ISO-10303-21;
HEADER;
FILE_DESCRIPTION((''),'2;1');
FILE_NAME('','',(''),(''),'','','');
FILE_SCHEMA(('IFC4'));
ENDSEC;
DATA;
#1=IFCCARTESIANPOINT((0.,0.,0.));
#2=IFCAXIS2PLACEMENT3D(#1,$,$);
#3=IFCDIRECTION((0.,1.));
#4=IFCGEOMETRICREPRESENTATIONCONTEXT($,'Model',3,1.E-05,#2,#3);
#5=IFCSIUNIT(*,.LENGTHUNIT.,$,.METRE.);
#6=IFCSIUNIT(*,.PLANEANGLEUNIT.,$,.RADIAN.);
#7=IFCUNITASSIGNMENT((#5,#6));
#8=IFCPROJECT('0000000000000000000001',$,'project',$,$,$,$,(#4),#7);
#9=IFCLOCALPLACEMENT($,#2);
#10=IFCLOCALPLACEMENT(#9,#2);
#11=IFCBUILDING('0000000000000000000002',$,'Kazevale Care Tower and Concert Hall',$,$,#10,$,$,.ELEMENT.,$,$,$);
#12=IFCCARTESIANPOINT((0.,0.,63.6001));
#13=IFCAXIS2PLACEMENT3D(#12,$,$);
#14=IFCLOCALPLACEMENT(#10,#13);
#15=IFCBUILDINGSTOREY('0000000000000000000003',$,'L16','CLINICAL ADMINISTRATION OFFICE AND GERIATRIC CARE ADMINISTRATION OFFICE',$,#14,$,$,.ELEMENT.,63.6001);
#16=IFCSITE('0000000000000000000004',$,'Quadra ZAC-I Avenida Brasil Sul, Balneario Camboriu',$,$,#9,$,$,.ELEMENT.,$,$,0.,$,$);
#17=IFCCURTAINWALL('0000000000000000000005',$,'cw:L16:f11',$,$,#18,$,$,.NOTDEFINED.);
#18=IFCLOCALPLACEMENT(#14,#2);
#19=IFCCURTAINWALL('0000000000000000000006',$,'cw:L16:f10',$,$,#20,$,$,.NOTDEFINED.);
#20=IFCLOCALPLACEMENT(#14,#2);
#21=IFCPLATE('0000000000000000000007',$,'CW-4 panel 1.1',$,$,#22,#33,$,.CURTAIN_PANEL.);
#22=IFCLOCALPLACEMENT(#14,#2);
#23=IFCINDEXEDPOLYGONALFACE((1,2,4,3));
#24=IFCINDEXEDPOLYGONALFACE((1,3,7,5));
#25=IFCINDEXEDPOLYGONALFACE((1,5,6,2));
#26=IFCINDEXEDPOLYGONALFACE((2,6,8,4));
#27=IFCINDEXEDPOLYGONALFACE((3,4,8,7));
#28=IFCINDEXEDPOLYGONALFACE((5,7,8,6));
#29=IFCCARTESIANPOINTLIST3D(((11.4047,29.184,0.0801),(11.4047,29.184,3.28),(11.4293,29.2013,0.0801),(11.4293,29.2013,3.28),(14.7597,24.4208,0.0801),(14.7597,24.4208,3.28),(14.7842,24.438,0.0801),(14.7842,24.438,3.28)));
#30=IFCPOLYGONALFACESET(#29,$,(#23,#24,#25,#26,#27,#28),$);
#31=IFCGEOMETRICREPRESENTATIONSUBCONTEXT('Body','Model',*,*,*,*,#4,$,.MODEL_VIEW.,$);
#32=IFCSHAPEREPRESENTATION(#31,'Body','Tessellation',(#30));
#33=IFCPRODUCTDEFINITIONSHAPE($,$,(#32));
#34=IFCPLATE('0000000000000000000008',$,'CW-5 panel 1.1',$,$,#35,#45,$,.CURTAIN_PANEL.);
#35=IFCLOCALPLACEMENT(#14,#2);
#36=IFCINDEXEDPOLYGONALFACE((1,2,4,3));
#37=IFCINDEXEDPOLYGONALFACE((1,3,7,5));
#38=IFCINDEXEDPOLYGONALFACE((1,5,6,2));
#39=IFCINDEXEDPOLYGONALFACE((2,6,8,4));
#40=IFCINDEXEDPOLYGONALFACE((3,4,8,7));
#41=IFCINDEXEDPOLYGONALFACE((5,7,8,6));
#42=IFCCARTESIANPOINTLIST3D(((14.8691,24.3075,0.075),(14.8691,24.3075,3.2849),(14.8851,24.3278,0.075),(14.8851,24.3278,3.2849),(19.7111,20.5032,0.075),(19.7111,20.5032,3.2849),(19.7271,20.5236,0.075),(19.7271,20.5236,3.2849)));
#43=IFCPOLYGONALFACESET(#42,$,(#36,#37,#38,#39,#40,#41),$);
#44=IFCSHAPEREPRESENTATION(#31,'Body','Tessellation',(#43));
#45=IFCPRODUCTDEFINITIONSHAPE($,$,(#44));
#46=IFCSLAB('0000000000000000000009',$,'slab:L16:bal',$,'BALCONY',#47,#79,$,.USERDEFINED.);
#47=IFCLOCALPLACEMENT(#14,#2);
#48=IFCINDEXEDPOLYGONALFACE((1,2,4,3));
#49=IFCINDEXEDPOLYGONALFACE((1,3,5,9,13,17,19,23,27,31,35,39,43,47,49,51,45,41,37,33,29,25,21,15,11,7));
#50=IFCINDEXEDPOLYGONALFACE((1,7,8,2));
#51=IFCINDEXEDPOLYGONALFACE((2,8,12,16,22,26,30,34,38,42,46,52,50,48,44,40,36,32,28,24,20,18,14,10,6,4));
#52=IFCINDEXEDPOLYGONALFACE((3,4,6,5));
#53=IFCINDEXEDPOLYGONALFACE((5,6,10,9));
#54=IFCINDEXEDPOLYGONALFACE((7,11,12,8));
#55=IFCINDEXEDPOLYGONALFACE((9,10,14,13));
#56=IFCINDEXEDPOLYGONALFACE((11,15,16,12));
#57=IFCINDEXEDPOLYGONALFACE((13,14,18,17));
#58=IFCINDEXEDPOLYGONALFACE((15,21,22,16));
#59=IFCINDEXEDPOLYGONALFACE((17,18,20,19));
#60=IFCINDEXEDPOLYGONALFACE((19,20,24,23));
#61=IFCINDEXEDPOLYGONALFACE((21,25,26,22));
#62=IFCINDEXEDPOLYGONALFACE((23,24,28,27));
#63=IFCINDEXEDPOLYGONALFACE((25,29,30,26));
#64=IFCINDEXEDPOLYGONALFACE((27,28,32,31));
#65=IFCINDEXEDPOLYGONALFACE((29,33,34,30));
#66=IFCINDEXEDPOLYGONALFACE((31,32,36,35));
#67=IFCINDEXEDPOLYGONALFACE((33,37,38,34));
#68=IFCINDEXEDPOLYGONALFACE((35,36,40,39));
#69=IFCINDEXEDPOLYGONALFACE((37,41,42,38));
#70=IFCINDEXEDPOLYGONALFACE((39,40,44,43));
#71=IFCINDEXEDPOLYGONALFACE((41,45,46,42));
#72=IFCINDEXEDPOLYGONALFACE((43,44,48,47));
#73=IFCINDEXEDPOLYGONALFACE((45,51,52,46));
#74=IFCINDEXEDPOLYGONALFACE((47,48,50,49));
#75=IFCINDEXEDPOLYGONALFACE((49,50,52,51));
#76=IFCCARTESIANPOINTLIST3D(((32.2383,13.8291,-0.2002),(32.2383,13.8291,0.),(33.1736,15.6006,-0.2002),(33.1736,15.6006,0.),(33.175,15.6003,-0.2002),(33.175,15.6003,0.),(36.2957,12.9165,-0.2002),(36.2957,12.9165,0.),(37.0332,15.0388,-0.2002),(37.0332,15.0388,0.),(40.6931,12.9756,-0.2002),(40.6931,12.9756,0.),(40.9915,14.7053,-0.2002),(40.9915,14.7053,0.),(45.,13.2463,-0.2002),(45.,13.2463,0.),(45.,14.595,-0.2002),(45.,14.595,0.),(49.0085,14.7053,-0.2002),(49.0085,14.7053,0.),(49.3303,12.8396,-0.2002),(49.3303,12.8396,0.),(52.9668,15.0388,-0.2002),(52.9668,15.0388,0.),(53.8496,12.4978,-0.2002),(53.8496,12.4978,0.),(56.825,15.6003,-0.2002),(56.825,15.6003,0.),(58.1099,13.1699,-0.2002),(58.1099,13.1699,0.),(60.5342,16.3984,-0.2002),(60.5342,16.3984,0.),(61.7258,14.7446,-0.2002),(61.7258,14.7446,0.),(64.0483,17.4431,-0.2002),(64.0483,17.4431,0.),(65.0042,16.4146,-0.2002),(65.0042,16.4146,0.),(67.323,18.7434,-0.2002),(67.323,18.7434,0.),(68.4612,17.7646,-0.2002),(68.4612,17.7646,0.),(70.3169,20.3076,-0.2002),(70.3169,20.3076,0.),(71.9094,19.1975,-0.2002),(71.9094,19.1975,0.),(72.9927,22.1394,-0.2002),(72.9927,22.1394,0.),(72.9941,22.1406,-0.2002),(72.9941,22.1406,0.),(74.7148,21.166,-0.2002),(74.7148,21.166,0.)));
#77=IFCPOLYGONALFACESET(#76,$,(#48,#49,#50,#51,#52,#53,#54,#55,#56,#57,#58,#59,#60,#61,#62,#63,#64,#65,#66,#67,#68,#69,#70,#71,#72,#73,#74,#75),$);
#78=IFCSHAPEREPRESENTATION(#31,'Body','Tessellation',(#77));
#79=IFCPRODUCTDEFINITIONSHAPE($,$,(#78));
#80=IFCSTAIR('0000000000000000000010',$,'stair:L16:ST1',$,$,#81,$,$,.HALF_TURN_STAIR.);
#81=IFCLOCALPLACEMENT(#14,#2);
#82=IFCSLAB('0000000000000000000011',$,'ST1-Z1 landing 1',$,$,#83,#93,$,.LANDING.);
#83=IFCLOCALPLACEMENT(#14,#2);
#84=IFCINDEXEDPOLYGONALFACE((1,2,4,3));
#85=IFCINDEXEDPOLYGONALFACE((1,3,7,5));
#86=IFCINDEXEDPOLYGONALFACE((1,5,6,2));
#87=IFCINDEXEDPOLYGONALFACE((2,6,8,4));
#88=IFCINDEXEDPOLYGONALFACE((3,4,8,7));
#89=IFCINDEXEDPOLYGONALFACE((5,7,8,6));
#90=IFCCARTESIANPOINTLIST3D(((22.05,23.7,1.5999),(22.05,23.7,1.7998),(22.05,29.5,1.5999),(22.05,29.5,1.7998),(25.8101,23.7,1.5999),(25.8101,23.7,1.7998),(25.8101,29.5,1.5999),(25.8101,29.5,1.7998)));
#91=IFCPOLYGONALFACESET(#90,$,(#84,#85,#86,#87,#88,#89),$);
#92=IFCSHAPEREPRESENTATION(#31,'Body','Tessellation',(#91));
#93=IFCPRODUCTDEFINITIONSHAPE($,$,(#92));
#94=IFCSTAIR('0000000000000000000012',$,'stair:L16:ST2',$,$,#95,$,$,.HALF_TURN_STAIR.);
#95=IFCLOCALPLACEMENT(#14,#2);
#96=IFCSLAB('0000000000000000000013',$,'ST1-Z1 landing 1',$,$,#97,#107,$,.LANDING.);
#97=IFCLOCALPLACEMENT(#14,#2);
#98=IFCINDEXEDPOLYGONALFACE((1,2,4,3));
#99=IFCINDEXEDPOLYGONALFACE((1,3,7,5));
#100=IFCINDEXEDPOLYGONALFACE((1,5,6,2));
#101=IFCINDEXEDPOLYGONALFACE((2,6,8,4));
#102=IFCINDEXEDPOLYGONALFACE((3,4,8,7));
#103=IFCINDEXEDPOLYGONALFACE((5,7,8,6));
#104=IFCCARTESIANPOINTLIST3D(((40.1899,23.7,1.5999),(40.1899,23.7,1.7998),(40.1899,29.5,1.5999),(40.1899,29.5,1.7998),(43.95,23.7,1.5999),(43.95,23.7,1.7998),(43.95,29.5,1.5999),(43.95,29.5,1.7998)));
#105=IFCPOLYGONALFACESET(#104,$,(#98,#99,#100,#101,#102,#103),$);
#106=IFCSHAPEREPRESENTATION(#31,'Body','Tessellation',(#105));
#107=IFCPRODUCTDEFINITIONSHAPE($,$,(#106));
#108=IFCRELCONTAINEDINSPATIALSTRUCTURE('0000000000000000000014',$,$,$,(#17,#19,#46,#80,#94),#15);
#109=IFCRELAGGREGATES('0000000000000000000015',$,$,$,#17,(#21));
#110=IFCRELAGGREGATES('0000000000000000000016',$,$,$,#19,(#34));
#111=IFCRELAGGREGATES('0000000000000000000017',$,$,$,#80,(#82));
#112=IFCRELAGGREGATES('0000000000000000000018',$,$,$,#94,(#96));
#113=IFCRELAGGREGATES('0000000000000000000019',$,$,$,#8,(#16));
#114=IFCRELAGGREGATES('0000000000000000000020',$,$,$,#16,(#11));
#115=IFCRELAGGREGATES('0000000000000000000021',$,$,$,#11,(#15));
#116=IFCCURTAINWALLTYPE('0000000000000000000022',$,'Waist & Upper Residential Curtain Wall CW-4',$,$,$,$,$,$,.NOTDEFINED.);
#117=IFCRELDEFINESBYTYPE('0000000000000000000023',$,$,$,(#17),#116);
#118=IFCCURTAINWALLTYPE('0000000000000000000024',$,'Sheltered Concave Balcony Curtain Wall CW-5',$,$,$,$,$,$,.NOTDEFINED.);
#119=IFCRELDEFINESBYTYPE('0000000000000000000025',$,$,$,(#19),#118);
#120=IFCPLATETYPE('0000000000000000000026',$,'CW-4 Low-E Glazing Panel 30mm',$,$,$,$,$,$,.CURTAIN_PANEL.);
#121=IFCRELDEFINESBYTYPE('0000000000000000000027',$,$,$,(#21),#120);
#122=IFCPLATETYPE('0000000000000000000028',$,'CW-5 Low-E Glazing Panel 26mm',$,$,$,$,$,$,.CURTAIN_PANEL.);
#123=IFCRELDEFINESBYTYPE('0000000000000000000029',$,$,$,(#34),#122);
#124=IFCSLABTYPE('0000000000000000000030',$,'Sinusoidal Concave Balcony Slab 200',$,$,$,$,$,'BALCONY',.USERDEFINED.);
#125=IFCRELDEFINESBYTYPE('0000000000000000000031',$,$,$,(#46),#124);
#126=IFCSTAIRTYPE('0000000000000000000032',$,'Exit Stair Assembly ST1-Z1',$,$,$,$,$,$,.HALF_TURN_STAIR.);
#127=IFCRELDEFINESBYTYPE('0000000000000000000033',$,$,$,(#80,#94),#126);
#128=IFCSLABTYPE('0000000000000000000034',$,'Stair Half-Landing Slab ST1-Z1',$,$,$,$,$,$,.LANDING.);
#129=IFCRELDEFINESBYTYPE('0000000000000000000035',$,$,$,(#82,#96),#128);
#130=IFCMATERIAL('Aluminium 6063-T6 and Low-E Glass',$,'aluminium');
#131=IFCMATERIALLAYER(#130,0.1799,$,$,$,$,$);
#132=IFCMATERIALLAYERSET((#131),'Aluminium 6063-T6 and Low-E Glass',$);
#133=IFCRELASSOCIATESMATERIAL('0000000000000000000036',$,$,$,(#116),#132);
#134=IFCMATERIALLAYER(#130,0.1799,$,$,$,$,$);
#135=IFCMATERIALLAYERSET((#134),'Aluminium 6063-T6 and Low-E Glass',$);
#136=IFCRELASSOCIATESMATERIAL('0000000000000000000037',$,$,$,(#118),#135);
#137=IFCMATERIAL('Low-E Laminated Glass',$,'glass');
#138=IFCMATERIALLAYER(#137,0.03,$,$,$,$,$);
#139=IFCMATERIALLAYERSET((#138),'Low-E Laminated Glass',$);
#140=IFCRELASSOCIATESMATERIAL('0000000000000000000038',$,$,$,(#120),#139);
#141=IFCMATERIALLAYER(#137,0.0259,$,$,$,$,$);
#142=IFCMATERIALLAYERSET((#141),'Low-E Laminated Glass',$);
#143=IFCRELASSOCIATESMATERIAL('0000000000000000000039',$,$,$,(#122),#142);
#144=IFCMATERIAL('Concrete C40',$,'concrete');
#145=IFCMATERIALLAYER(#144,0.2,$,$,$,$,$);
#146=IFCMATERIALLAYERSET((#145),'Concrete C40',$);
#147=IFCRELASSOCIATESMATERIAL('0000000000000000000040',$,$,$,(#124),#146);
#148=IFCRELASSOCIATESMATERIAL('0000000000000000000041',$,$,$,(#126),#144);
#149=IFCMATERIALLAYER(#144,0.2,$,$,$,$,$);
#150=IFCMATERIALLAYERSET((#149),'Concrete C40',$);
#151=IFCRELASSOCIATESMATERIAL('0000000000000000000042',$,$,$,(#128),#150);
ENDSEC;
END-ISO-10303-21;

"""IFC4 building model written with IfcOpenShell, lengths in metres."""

from ifc_helpers import new_model, si_unit, direction, frame, origin, origin_2d, place, context, subcontext, project, spatial, polyline, rectangle, outline, extrude, material, layer, layer_set, type_object, element, aggregate, save


model = new_model("IFC4")

# Units and contexts
model_context = context("Model", 3, precision=1e-05, world=origin(), true_north=direction((0.0, 1.0)))
body_context = subcontext(model_context, "Body", "Model", "MODEL_VIEW")
ifc_project = project(units=[si_unit("LENGTHUNIT", "METRE"), si_unit("PLANEANGLEUNIT", "RADIAN")], contexts=[model_context])

# Site, building, storey
site_placement = place(None, origin())
site = spatial("IfcSite", under=ifc_project, at=site_placement, Name="Quadra ZAC-I Avenida Brasil Sul, Balneario Camboriu", CompositionType="ELEMENT", RefElevation=0.0)
building_placement = place(site_placement, origin())
building = spatial("IfcBuilding", under=site, at=building_placement, Name="Kazevale Care Tower and Concert Hall", CompositionType="ELEMENT")
storey_placement = place(building_placement, frame((0.0, 0.0, 63.6001)))
storey = spatial("IfcBuildingStorey", under=building, at=storey_placement, Name="L16", Description="CLINICAL ADMINISTRATION OFFICE AND GERIATRIC CARE ADMINISTRATION OFFICE", CompositionType="ELEMENT", Elevation=63.6001)

# Curtain wall
ifc_material_1 = material(Name="Aluminium 6063-T6 and Low-E Glass", Category="aluminium")
ifc_layer_1 = layer(ifc_material_1, 0.1799)
ifc_layer_set_1 = layer_set([ifc_layer_1], Name="Aluminium 6063-T6 and Low-E Glass")
curtain_wall_type_1 = type_object("IfcCurtainWallType", Name="Waist & Upper Residential Curtain Wall CW-4", PredefinedType="NOTDEFINED", material=ifc_layer_set_1)
curtain_wall_1_placement = place(storey_placement, origin())
curtain_wall_1 = element("IfcCurtainWall", 1, at=curtain_wall_1_placement, inside=storey, type_object=curtain_wall_type_1, Name="cw:L16:f11", PredefinedType="NOTDEFINED")

# Shared definitions
ifc_layer_2 = layer(ifc_material_1, 0.1799)
ifc_layer_set_2 = layer_set([ifc_layer_2], Name="Aluminium 6063-T6 and Low-E Glass")
curtain_wall_type_2 = type_object("IfcCurtainWallType", Name="Sheltered Concave Balcony Curtain Wall CW-5", PredefinedType="NOTDEFINED", material=ifc_layer_set_2)

# Curtain wall
curtain_wall_2_placement = place(storey_placement, origin())
curtain_wall_2 = element("IfcCurtainWall", 2, at=curtain_wall_2_placement, inside=storey, type_object=curtain_wall_type_2, Name="cw:L16:f10", PredefinedType="NOTDEFINED")

# Plates
ifc_material_2 = material(Name="Low-E Laminated Glass", Category="glass")
ifc_layer_3 = layer(ifc_material_2, 0.03)
ifc_layer_set_3 = layer_set([ifc_layer_3], Name="Low-E Laminated Glass")
plate_type_1 = type_object("IfcPlateType", Name="CW-4 Low-E Glazing Panel 30mm", PredefinedType="CURTAIN_PANEL", material=ifc_layer_set_3)
plate_1_placement = place(storey_placement, frame((13.0945, 26.811, 0.0801), z_axis=(0.0, 0.0, 1.0), x_axis=(-0.575837, 0.817565, 0.0)))
plate_1 = element("IfcPlate", 3, at=plate_1_placement, type_object=plate_type_1, Name="CW-4 panel 1.1", PredefinedType="CURTAIN_PANEL", context=body_context, shape_type="SweptSolid", body=[
    extrude(rectangle(XDim=5.8262, YDim=0.03, at=origin_2d()), origin(), (0.0, 0.0, 1.0), 3.2),
])
aggregate(curtain_wall_1, [plate_1])
ifc_layer_4 = layer(ifc_material_2, 0.0259)
ifc_layer_set_4 = layer_set([ifc_layer_4], Name="Low-E Laminated Glass")
plate_type_2 = type_object("IfcPlateType", Name="CW-5 Low-E Glazing Panel 26mm", PredefinedType="CURTAIN_PANEL", material=ifc_layer_set_4)
plate_2_placement = place(storey_placement, frame((17.2981, 22.4155, 0.075), z_axis=(0.0, 0.0, 1.0), x_axis=(-0.786329, 0.617808, 0.0)))
plate_2 = element("IfcPlate", 4, at=plate_2_placement, type_object=plate_type_2, Name="CW-5 panel 1.1", PredefinedType="CURTAIN_PANEL", context=body_context, shape_type="SweptSolid", body=[
    extrude(rectangle(XDim=6.1577, YDim=0.0259, at=origin_2d()), origin(), (0.0, 0.0, 1.0), 3.21),
])
aggregate(curtain_wall_2, [plate_2])

# Slab
ifc_material_3 = material(Name="Concrete C40", Category="concrete")
ifc_layer_5 = layer(ifc_material_3, 0.2)
ifc_layer_set_5 = layer_set([ifc_layer_5], Name="Concrete C40")
slab_type_1 = type_object("IfcSlabType", Name="Sinusoidal Concave Balcony Slab 200", ElementType="BALCONY", PredefinedType="USERDEFINED", material=ifc_layer_set_5)
slab_1_placement = place(storey_placement, frame((0.0, 0.0, -0.2002)))
element("IfcSlab", 5, at=slab_1_placement, inside=storey, type_object=slab_type_1, Name="slab:L16:bal", ObjectType="BALCONY", PredefinedType="USERDEFINED", context=body_context, shape_type="SweptSolid", body=[
    extrude(outline(polyline([(74.7148, 21.166), (71.9094, 19.1975), (68.4612, 17.7646), (65.0042, 16.4146), (61.7258, 14.7446), (58.1099, 13.1699), (53.8496, 12.4978), (49.3303, 12.8396), (45.0, 13.2463), (40.6931, 12.9756), (36.2957, 12.9165), (32.2383, 13.8291), (33.1736, 15.6006), (33.175, 15.6003), (37.0332, 15.0388), (40.9915, 14.7053), (45.0, 14.595), (49.0085, 14.7053), (52.9668, 15.0388), (56.825, 15.6003), (60.5342, 16.3984), (64.0483, 17.4431), (67.323, 18.7434), (70.3169, 20.3076), (72.9927, 22.1394), (72.9941, 22.1406), (74.7148, 21.166)])), origin(), (0.0, 0.0, 1.0), 0.2002),
])

# Stairs, slabs
stair_type = type_object("IfcStairType", Name="Exit Stair Assembly ST1-Z1", PredefinedType="HALF_TURN_STAIR", material=ifc_material_3)
stair_1_placement = place(storey_placement, origin())
stair_1 = element("IfcStair", 6, at=stair_1_placement, inside=storey, type_object=stair_type, Name="stair:L16:ST1", PredefinedType="HALF_TURN_STAIR")
ifc_layer_6 = layer(ifc_material_3, 0.2)
ifc_layer_set_6 = layer_set([ifc_layer_6], Name="Concrete C40")
slab_type_2 = type_object("IfcSlabType", Name="Stair Half-Landing Slab ST1-Z1", PredefinedType="LANDING", material=ifc_layer_set_6)
slab_2_placement = place(storey_placement, frame((0.0, 0.0, 1.5999)))
slab_2 = element("IfcSlab", 7, at=slab_2_placement, type_object=slab_type_2, Name="ST1-Z1 landing 1", PredefinedType="LANDING", context=body_context, shape_type="SweptSolid", body=[
    extrude(outline(polyline([(22.05, 23.7), (25.8101, 23.7), (25.8101, 29.5), (22.05, 29.5), (22.05, 23.7)])), origin(), (0.0, 0.0, 1.0), 0.2),
])
aggregate(stair_1, [slab_2])
stair_2_placement = place(storey_placement, origin())
stair_2 = element("IfcStair", 8, at=stair_2_placement, inside=storey, type_object=stair_type, Name="stair:L16:ST2", PredefinedType="HALF_TURN_STAIR")
slab_3_placement = place(storey_placement, frame((0.0, 0.0, 1.5999)))
slab_3 = element("IfcSlab", 9, at=slab_3_placement, type_object=slab_type_2, Name="ST1-Z1 landing 1", PredefinedType="LANDING", context=body_context, shape_type="SweptSolid", body=[
    extrude(outline(polyline([(40.1899, 23.7), (43.95, 23.7), (43.95, 29.5), (40.1899, 29.5), (40.1899, 23.7)])), origin(), (0.0, 0.0, 1.0), 0.2),
])
aggregate(stair_2, [slab_3])

save(model, "model.ifc")
